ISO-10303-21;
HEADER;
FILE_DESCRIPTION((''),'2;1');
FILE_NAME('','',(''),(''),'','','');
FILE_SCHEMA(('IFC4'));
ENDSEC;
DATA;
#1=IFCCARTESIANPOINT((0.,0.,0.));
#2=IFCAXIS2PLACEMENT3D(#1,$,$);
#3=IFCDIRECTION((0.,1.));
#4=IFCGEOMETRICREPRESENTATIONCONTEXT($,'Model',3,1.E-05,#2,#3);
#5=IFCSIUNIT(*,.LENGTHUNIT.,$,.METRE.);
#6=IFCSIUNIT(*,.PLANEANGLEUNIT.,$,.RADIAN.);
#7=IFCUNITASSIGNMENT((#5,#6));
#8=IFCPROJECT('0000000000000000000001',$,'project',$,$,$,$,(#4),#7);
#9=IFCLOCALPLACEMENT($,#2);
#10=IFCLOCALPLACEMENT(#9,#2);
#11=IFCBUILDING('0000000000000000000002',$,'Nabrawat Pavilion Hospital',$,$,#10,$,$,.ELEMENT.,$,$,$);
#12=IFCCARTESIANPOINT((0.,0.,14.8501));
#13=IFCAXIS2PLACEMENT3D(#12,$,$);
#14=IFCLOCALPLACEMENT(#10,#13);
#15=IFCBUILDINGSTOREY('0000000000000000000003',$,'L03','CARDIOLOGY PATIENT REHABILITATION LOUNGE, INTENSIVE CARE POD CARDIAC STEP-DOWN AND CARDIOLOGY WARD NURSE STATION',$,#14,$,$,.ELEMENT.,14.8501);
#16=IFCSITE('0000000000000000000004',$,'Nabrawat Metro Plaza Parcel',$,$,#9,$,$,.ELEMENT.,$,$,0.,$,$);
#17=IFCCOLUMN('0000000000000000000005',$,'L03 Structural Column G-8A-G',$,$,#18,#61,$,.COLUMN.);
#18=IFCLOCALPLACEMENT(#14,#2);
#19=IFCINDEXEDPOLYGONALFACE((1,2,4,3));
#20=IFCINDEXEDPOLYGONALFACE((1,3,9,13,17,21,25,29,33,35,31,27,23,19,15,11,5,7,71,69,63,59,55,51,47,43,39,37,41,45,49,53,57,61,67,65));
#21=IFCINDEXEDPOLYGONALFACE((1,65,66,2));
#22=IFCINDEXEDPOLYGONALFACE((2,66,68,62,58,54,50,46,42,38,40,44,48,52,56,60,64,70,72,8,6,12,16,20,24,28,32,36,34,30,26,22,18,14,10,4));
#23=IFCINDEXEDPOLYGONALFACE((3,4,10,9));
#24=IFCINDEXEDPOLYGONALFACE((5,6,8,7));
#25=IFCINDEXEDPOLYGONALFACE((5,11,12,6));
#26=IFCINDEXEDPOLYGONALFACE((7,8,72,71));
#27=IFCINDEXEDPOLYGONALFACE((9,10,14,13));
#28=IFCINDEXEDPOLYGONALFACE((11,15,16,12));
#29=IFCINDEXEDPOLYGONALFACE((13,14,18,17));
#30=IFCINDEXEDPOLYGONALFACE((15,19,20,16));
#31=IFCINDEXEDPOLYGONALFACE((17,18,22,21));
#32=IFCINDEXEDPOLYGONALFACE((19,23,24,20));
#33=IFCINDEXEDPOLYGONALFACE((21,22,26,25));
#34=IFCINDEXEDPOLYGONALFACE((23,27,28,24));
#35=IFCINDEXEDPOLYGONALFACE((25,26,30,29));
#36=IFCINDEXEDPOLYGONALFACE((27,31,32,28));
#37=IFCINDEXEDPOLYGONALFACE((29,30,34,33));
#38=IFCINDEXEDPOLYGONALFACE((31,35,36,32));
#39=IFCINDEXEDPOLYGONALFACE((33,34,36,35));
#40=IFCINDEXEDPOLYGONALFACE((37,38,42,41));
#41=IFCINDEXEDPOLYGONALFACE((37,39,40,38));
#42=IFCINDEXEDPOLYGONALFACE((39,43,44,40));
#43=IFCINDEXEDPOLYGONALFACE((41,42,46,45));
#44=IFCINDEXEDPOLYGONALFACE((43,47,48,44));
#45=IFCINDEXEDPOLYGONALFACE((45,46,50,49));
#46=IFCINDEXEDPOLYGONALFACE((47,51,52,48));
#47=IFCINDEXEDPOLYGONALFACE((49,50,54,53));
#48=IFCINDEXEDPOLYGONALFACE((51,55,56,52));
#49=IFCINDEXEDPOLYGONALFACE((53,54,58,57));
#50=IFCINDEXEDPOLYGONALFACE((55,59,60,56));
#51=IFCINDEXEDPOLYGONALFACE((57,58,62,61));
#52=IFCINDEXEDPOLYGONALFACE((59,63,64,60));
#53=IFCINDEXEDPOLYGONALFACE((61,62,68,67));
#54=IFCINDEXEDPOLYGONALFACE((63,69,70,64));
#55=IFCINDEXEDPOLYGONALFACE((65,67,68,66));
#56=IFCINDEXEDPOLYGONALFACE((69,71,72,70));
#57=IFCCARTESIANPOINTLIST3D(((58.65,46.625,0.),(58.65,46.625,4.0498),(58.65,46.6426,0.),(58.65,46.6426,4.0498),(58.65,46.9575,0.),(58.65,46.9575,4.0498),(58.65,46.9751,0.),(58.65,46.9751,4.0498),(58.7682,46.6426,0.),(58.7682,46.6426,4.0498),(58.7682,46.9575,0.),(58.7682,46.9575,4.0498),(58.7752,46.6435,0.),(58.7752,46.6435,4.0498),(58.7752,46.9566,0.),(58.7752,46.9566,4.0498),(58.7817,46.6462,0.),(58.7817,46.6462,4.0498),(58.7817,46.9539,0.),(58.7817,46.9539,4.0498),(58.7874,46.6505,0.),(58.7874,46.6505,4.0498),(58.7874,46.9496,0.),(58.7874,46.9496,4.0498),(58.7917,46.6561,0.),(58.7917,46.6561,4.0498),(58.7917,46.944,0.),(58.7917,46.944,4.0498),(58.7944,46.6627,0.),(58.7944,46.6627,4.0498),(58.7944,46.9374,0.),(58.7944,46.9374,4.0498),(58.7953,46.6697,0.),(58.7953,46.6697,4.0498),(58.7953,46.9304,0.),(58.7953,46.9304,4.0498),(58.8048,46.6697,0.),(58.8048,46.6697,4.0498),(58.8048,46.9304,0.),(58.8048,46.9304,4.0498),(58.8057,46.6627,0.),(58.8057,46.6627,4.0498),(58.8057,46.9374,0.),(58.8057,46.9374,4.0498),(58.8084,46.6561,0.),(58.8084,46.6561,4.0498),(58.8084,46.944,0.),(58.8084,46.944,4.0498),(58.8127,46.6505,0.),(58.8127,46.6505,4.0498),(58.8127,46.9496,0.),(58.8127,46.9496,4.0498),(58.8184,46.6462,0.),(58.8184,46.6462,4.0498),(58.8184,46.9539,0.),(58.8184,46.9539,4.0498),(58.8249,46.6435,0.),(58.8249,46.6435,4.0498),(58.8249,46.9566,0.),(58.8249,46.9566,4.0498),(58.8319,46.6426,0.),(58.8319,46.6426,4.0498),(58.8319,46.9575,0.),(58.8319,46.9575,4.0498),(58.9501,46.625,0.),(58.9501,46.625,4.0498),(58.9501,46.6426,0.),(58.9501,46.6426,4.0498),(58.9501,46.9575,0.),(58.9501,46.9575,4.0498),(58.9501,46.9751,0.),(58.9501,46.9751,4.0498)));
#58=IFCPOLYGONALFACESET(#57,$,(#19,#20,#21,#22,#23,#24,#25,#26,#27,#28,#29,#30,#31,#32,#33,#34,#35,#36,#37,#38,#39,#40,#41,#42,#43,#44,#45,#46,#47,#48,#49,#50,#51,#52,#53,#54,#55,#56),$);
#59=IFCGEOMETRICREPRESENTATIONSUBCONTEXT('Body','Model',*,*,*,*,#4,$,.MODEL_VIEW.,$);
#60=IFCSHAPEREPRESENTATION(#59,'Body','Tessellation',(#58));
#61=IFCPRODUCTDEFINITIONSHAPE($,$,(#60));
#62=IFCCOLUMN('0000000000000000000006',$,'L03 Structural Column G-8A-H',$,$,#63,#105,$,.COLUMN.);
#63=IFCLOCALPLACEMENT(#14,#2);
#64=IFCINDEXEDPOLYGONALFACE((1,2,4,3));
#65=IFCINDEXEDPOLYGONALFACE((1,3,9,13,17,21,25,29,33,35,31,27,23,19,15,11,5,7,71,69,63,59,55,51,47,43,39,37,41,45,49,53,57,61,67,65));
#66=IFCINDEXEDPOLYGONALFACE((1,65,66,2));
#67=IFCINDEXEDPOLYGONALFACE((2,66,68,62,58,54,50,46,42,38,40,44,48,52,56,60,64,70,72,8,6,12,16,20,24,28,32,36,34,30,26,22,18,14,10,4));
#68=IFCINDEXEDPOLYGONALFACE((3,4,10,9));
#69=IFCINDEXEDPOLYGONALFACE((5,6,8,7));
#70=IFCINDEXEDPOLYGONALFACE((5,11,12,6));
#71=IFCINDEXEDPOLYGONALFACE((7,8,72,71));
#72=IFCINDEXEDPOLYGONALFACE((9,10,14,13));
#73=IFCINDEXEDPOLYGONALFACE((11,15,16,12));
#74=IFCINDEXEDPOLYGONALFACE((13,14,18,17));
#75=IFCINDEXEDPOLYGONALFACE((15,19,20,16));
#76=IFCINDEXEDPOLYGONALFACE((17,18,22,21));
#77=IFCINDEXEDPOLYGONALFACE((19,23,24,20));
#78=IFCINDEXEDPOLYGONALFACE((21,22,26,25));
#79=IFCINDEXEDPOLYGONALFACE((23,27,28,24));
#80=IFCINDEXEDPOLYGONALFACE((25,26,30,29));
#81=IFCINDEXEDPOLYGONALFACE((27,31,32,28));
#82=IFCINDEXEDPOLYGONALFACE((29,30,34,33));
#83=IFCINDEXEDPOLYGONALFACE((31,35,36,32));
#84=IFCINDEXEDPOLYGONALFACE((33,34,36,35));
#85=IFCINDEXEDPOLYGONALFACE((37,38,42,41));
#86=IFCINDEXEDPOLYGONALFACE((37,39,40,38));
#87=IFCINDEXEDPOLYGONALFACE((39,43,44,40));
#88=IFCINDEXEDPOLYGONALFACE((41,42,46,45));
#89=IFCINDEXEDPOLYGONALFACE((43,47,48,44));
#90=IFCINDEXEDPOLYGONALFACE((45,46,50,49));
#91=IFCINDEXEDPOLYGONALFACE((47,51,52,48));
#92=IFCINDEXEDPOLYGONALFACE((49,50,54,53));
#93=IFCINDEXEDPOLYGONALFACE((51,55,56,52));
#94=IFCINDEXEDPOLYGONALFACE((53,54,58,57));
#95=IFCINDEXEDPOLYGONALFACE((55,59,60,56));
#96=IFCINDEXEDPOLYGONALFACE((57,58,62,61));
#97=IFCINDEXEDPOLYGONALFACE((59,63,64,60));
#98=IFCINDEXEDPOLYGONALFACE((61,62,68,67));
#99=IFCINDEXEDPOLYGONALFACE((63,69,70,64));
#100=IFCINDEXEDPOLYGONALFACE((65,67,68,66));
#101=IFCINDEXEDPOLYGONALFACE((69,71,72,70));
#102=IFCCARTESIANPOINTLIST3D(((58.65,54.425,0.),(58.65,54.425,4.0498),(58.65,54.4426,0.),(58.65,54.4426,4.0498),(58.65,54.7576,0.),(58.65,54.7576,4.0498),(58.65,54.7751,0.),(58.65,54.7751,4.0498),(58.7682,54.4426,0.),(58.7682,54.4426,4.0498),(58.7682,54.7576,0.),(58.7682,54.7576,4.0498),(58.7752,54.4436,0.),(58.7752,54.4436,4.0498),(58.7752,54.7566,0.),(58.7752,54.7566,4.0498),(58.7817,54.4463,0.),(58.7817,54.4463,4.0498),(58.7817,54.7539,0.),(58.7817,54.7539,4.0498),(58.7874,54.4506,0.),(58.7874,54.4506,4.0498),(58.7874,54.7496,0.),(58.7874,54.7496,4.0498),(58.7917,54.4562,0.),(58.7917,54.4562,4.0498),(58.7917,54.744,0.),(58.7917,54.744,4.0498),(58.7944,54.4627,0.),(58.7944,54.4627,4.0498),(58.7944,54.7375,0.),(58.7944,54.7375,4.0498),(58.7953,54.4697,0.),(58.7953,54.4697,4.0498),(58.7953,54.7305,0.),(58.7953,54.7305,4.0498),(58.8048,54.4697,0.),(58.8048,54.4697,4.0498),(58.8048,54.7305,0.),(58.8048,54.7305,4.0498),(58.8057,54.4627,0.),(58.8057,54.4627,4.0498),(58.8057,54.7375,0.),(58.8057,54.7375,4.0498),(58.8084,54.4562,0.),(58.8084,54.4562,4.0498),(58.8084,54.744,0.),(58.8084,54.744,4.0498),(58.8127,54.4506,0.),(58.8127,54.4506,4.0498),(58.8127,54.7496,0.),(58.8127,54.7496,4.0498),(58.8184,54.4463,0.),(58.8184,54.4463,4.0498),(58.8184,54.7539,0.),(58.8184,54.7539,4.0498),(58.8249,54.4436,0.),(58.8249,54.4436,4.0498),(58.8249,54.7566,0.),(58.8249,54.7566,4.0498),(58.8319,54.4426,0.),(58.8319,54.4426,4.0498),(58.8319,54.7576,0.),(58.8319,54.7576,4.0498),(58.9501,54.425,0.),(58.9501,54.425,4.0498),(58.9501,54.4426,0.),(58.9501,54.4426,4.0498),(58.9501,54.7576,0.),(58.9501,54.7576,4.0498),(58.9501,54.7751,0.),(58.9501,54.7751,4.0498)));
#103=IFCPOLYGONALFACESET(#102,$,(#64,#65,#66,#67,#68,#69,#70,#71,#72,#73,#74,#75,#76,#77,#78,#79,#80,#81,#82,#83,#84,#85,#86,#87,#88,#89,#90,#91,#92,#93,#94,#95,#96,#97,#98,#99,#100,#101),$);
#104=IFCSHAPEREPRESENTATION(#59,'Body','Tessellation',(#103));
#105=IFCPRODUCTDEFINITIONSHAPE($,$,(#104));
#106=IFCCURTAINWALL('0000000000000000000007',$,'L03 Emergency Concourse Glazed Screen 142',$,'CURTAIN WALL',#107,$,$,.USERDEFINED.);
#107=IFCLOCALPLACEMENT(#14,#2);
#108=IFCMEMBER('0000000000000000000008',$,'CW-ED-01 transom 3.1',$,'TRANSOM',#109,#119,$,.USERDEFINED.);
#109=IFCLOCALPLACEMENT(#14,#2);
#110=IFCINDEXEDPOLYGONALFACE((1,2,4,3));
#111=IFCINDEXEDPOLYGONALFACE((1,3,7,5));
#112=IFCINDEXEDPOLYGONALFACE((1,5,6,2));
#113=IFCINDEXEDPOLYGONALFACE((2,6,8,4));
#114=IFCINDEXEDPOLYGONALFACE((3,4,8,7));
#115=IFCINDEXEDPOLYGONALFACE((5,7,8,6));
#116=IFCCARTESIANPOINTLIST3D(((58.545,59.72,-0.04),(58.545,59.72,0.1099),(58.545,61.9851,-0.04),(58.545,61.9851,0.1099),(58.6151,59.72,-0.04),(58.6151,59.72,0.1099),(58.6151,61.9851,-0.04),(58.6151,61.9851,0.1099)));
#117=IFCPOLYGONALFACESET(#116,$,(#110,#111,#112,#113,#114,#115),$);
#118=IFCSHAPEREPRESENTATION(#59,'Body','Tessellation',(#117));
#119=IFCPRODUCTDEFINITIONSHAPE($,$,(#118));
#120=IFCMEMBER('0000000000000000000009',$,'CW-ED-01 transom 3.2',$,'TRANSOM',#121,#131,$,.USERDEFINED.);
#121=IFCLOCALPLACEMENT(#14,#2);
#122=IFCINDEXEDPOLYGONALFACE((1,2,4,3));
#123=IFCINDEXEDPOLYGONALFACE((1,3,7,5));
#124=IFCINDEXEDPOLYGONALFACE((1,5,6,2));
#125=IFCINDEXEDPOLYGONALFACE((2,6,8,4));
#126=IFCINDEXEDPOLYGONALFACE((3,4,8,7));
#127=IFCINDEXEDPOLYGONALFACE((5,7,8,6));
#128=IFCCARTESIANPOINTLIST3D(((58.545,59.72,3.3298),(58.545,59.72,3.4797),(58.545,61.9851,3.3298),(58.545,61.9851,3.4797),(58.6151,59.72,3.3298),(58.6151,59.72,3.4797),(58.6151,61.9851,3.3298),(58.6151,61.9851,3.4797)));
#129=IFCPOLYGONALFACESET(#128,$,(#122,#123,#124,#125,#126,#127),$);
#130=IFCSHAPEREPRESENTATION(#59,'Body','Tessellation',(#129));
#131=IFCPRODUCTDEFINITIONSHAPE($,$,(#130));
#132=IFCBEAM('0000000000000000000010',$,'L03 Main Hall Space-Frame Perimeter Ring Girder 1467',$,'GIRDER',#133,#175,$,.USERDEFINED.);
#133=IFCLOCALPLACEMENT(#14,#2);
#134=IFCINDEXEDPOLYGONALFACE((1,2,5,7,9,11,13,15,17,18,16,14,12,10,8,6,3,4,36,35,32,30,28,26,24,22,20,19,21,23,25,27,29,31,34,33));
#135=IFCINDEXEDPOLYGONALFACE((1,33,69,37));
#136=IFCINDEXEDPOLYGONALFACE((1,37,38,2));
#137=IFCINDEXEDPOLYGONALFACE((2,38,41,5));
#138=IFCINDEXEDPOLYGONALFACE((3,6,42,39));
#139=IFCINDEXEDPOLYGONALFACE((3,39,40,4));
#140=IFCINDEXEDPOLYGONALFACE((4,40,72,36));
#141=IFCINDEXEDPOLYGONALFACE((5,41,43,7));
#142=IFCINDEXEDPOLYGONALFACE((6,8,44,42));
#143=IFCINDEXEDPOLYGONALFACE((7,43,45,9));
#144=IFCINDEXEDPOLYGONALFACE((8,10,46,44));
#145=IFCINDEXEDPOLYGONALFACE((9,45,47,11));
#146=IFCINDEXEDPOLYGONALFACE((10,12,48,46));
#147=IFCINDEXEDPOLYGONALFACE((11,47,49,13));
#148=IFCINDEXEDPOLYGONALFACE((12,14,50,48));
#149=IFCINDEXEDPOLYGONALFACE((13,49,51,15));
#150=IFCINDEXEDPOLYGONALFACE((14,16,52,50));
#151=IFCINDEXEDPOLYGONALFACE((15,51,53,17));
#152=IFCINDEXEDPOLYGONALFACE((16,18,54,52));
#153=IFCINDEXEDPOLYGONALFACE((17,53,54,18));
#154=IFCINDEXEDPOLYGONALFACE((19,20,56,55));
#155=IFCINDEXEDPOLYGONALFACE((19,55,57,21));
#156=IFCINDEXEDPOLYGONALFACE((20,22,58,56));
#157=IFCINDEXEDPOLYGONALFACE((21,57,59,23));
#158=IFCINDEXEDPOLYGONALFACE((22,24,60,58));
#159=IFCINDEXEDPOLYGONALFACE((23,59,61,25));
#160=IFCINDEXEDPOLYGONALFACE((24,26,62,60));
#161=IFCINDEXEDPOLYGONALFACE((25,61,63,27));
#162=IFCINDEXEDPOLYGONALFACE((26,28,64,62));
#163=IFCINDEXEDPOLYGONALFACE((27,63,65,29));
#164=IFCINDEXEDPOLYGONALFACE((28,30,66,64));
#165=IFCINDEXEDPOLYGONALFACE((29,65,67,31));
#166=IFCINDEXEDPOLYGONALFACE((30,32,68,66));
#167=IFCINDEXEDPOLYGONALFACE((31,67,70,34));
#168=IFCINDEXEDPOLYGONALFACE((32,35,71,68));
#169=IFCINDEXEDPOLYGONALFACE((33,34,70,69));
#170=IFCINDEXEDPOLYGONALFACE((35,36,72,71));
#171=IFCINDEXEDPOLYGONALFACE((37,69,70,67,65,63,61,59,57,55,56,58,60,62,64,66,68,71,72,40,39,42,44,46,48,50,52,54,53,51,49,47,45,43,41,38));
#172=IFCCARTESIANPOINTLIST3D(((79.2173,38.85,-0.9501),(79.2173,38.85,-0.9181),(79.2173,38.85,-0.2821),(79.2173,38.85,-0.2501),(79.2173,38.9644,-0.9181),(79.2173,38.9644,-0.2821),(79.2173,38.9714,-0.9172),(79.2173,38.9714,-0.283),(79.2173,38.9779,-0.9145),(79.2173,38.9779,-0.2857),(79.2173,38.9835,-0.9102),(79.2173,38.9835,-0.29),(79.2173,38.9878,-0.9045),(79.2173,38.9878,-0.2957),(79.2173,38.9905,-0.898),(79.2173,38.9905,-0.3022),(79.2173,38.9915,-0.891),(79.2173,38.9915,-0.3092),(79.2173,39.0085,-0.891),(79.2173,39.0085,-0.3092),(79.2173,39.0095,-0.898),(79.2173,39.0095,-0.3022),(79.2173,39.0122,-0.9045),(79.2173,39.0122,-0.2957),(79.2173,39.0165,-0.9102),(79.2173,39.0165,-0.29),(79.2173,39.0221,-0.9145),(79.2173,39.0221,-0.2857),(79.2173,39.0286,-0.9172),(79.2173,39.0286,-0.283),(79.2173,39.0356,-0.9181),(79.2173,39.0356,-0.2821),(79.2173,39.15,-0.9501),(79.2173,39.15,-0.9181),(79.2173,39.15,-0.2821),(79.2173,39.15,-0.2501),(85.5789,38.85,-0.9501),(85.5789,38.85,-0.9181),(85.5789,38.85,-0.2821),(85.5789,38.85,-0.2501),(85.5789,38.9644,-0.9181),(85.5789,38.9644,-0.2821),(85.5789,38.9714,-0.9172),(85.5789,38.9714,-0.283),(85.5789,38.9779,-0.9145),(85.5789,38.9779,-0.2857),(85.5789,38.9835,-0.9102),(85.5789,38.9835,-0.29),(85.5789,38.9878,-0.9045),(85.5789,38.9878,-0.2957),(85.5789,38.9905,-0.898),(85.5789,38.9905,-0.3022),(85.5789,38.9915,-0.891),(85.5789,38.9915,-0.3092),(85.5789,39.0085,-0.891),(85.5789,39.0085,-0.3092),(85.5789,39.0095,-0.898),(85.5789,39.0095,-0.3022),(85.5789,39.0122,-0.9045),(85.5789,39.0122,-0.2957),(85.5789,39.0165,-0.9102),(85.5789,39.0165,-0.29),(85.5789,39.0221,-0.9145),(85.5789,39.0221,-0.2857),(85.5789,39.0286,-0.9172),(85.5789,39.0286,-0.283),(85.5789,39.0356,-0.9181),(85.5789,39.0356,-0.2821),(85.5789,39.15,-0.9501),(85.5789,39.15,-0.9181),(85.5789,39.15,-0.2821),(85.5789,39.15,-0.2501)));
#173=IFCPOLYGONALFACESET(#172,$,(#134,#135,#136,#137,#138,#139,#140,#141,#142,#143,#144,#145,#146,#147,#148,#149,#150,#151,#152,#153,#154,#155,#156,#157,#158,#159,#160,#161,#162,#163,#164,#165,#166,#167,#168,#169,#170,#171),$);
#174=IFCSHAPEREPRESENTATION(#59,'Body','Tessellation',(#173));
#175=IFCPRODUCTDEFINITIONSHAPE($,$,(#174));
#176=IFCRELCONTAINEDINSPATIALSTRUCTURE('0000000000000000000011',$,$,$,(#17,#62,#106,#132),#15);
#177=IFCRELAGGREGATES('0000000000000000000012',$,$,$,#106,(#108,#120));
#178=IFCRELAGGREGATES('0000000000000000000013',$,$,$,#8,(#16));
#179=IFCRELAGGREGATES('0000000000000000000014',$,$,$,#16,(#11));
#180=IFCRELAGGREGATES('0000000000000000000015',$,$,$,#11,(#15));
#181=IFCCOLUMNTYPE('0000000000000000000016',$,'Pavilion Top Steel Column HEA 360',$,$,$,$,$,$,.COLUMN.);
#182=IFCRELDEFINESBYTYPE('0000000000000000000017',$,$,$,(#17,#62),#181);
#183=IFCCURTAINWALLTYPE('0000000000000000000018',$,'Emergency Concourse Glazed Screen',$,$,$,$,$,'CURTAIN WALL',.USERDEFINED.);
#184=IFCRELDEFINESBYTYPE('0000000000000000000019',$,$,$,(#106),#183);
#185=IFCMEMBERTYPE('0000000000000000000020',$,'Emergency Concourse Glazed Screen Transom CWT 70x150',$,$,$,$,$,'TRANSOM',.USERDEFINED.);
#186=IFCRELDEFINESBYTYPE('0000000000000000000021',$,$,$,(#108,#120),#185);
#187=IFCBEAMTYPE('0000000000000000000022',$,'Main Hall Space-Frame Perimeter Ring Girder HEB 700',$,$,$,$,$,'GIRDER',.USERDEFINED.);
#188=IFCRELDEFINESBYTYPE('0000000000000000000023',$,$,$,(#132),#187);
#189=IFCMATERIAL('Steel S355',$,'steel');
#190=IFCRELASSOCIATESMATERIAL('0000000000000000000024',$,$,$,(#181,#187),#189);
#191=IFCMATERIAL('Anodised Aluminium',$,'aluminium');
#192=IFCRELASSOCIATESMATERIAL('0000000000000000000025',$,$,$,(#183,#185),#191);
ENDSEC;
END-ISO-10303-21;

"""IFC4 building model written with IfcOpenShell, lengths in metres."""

from ifc_helpers import new_model, si_unit, direction, frame, origin, origin_2d, place, context, subcontext, project, spatial, rectangle, i_section, extrude, material, material_profile, profile_set, type_object, element, aggregate, save


model = new_model("IFC4")

# Units and contexts
model_context = context("Model", 3, precision=1e-05, world=origin(), true_north=direction((0.0, 1.0)))
body_context = subcontext(model_context, "Body", "Model", "MODEL_VIEW")
ifc_project = project(units=[si_unit("LENGTHUNIT", "METRE"), si_unit("PLANEANGLEUNIT", "RADIAN")], contexts=[model_context])

# Site, building, storey
site_placement = place(None, origin())
site = spatial("IfcSite", under=ifc_project, at=site_placement, Name="Nabrawat Metro Plaza Parcel", CompositionType="ELEMENT", RefElevation=0.0)
building_placement = place(site_placement, origin())
building = spatial("IfcBuilding", under=site, at=building_placement, Name="Nabrawat Pavilion Hospital", CompositionType="ELEMENT")
storey_placement = place(building_placement, frame((0.0, 0.0, 14.8501)))
storey = spatial("IfcBuildingStorey", under=building, at=storey_placement, Name="L03", Description="CARDIOLOGY PATIENT REHABILITATION LOUNGE, INTENSIVE CARE POD CARDIAC STEP-DOWN AND CARDIOLOGY WARD NURSE STATION", CompositionType="ELEMENT", Elevation=14.8501)

# Columns
ifc_material_1 = material(Name="Steel S355", Category="steel")
ifc_material_profile_1 = material_profile(ifc_material_1, i_section(OverallWidth=0.3, OverallDepth=0.3501, WebThickness=0.0095, FlangeThickness=0.0176, FilletRadius=0.0271, at=origin_2d()), Name="HEA 360")
ifc_profile_set_1 = profile_set([ifc_material_profile_1], Name="Steel S355")
column_type = type_object("IfcColumnType", Name="Pavilion Top Steel Column HEA 360", PredefinedType="COLUMN", material=ifc_profile_set_1)
for number, where, z_axis, x_axis, name in (
    (1, (58.8, 46.8, 0.0), (0.0, 0.0, 1.0), (1.0, 0.0, 0.0), "L03 Structural Column G-8A-G"),
    (2, (58.8, 54.6001, 0.0), (0.0, 0.0, 1.0), (1.0, 0.0, 0.0), "L03 Structural Column G-8A-H"),
):
    element("IfcColumn", number, at=place(storey_placement, frame(where, z_axis=z_axis, x_axis=x_axis)), inside=storey, type_object=column_type, Name=name, PredefinedType="COLUMN", context=body_context, shape_type="SweptSolid", body=[
        extrude(i_section(OverallWidth=0.3, OverallDepth=0.3501, WebThickness=0.0095, FlangeThickness=0.0176, FilletRadius=0.0271, at=origin_2d()), origin(), (0.0, 0.0, 1.0), 4.0498),
    ])

# Curtain wall, members
ifc_material_2 = material(Name="Anodised Aluminium", Category="aluminium")
curtain_wall_type = type_object("IfcCurtainWallType", Name="Emergency Concourse Glazed Screen", ElementType="CURTAIN WALL", PredefinedType="USERDEFINED", material=ifc_material_2)
curtain_wall_placement = place(storey_placement, origin())
curtain_wall = element("IfcCurtainWall", 3, at=curtain_wall_placement, inside=storey, type_object=curtain_wall_type, Name="L03 Emergency Concourse Glazed Screen 142", ObjectType="CURTAIN WALL", PredefinedType="USERDEFINED")
ifc_material_profile_2 = material_profile(ifc_material_2, rectangle(XDim=0.0701, YDim=0.1499, at=origin_2d()), Name="CWT 70x150")
ifc_profile_set_2 = profile_set([ifc_material_profile_2], Name="Anodised Aluminium")
member_type_1 = type_object("IfcMemberType", Name="Emergency Concourse Glazed Screen Transom CWT 70x150", ElementType="TRANSOM", PredefinedType="USERDEFINED", material=ifc_profile_set_2)
member_1_placement = place(storey_placement, frame((58.5801, 59.72, 0.0349), z_axis=(0.0, 1.0, 0.0), x_axis=(-1.0, 0.0, 0.0)))
member_1 = element("IfcMember", 4, at=member_1_placement, type_object=member_type_1, Name="CW-ED-01 transom 3.1", ObjectType="TRANSOM", PredefinedType="USERDEFINED", context=body_context, shape_type="SweptSolid", body=[
    extrude(rectangle(XDim=0.0701, YDim=0.1499, at=origin_2d()), origin(), (0.0, 0.0, 1.0), 2.2651),
])
member_2_placement = place(storey_placement, frame((58.5801, 59.72, 3.4048), z_axis=(0.0, 1.0, 0.0), x_axis=(-1.0, 0.0, 0.0)))
member_2 = element("IfcMember", 5, at=member_2_placement, type_object=member_type_1, Name="CW-ED-01 transom 3.2", ObjectType="TRANSOM", PredefinedType="USERDEFINED", context=body_context, shape_type="SweptSolid", body=[
    extrude(rectangle(XDim=0.0701, YDim=0.1499, at=origin_2d()), origin(), (0.0, 0.0, 1.0), 2.2651),
])

# Beam
ifc_material_profile_3 = material_profile(ifc_material_1, i_section(OverallWidth=0.3, OverallDepth=0.7, WebThickness=0.0171, FlangeThickness=0.032, FilletRadius=0.0271, at=origin_2d()), Name="HEB 700")
ifc_profile_set_3 = profile_set([ifc_material_profile_3], Name="Steel S355")
beam_type_1 = type_object("IfcBeamType", Name="Main Hall Space-Frame Perimeter Ring Girder HEB 700", ElementType="GIRDER", PredefinedType="USERDEFINED", material=ifc_profile_set_3)
for number, where, z_axis, x_axis, name in (
    (6, (79.2173, 39.0, -0.6001), (1.0, 0.0, 0.0), (0.0, 1.0, 0.0), "L03 Main Hall Space-Frame Perimeter Ring Girder 1467"),
):
    element("IfcBeam", number, at=place(storey_placement, frame(where, z_axis=z_axis, x_axis=x_axis)), inside=storey, type_object=beam_type_1, Name=name, ObjectType="GIRDER", PredefinedType="USERDEFINED", context=body_context, shape_type="SweptSolid", body=[
        extrude(i_section(OverallWidth=0.3, OverallDepth=0.7, WebThickness=0.0171, FlangeThickness=0.032, FilletRadius=0.0271, at=origin_2d()), origin(), (0.0, 0.0, 1.0), 6.3616),
    ])

aggregate(curtain_wall, [member_1, member_2])

save(model, "model.ifc")
